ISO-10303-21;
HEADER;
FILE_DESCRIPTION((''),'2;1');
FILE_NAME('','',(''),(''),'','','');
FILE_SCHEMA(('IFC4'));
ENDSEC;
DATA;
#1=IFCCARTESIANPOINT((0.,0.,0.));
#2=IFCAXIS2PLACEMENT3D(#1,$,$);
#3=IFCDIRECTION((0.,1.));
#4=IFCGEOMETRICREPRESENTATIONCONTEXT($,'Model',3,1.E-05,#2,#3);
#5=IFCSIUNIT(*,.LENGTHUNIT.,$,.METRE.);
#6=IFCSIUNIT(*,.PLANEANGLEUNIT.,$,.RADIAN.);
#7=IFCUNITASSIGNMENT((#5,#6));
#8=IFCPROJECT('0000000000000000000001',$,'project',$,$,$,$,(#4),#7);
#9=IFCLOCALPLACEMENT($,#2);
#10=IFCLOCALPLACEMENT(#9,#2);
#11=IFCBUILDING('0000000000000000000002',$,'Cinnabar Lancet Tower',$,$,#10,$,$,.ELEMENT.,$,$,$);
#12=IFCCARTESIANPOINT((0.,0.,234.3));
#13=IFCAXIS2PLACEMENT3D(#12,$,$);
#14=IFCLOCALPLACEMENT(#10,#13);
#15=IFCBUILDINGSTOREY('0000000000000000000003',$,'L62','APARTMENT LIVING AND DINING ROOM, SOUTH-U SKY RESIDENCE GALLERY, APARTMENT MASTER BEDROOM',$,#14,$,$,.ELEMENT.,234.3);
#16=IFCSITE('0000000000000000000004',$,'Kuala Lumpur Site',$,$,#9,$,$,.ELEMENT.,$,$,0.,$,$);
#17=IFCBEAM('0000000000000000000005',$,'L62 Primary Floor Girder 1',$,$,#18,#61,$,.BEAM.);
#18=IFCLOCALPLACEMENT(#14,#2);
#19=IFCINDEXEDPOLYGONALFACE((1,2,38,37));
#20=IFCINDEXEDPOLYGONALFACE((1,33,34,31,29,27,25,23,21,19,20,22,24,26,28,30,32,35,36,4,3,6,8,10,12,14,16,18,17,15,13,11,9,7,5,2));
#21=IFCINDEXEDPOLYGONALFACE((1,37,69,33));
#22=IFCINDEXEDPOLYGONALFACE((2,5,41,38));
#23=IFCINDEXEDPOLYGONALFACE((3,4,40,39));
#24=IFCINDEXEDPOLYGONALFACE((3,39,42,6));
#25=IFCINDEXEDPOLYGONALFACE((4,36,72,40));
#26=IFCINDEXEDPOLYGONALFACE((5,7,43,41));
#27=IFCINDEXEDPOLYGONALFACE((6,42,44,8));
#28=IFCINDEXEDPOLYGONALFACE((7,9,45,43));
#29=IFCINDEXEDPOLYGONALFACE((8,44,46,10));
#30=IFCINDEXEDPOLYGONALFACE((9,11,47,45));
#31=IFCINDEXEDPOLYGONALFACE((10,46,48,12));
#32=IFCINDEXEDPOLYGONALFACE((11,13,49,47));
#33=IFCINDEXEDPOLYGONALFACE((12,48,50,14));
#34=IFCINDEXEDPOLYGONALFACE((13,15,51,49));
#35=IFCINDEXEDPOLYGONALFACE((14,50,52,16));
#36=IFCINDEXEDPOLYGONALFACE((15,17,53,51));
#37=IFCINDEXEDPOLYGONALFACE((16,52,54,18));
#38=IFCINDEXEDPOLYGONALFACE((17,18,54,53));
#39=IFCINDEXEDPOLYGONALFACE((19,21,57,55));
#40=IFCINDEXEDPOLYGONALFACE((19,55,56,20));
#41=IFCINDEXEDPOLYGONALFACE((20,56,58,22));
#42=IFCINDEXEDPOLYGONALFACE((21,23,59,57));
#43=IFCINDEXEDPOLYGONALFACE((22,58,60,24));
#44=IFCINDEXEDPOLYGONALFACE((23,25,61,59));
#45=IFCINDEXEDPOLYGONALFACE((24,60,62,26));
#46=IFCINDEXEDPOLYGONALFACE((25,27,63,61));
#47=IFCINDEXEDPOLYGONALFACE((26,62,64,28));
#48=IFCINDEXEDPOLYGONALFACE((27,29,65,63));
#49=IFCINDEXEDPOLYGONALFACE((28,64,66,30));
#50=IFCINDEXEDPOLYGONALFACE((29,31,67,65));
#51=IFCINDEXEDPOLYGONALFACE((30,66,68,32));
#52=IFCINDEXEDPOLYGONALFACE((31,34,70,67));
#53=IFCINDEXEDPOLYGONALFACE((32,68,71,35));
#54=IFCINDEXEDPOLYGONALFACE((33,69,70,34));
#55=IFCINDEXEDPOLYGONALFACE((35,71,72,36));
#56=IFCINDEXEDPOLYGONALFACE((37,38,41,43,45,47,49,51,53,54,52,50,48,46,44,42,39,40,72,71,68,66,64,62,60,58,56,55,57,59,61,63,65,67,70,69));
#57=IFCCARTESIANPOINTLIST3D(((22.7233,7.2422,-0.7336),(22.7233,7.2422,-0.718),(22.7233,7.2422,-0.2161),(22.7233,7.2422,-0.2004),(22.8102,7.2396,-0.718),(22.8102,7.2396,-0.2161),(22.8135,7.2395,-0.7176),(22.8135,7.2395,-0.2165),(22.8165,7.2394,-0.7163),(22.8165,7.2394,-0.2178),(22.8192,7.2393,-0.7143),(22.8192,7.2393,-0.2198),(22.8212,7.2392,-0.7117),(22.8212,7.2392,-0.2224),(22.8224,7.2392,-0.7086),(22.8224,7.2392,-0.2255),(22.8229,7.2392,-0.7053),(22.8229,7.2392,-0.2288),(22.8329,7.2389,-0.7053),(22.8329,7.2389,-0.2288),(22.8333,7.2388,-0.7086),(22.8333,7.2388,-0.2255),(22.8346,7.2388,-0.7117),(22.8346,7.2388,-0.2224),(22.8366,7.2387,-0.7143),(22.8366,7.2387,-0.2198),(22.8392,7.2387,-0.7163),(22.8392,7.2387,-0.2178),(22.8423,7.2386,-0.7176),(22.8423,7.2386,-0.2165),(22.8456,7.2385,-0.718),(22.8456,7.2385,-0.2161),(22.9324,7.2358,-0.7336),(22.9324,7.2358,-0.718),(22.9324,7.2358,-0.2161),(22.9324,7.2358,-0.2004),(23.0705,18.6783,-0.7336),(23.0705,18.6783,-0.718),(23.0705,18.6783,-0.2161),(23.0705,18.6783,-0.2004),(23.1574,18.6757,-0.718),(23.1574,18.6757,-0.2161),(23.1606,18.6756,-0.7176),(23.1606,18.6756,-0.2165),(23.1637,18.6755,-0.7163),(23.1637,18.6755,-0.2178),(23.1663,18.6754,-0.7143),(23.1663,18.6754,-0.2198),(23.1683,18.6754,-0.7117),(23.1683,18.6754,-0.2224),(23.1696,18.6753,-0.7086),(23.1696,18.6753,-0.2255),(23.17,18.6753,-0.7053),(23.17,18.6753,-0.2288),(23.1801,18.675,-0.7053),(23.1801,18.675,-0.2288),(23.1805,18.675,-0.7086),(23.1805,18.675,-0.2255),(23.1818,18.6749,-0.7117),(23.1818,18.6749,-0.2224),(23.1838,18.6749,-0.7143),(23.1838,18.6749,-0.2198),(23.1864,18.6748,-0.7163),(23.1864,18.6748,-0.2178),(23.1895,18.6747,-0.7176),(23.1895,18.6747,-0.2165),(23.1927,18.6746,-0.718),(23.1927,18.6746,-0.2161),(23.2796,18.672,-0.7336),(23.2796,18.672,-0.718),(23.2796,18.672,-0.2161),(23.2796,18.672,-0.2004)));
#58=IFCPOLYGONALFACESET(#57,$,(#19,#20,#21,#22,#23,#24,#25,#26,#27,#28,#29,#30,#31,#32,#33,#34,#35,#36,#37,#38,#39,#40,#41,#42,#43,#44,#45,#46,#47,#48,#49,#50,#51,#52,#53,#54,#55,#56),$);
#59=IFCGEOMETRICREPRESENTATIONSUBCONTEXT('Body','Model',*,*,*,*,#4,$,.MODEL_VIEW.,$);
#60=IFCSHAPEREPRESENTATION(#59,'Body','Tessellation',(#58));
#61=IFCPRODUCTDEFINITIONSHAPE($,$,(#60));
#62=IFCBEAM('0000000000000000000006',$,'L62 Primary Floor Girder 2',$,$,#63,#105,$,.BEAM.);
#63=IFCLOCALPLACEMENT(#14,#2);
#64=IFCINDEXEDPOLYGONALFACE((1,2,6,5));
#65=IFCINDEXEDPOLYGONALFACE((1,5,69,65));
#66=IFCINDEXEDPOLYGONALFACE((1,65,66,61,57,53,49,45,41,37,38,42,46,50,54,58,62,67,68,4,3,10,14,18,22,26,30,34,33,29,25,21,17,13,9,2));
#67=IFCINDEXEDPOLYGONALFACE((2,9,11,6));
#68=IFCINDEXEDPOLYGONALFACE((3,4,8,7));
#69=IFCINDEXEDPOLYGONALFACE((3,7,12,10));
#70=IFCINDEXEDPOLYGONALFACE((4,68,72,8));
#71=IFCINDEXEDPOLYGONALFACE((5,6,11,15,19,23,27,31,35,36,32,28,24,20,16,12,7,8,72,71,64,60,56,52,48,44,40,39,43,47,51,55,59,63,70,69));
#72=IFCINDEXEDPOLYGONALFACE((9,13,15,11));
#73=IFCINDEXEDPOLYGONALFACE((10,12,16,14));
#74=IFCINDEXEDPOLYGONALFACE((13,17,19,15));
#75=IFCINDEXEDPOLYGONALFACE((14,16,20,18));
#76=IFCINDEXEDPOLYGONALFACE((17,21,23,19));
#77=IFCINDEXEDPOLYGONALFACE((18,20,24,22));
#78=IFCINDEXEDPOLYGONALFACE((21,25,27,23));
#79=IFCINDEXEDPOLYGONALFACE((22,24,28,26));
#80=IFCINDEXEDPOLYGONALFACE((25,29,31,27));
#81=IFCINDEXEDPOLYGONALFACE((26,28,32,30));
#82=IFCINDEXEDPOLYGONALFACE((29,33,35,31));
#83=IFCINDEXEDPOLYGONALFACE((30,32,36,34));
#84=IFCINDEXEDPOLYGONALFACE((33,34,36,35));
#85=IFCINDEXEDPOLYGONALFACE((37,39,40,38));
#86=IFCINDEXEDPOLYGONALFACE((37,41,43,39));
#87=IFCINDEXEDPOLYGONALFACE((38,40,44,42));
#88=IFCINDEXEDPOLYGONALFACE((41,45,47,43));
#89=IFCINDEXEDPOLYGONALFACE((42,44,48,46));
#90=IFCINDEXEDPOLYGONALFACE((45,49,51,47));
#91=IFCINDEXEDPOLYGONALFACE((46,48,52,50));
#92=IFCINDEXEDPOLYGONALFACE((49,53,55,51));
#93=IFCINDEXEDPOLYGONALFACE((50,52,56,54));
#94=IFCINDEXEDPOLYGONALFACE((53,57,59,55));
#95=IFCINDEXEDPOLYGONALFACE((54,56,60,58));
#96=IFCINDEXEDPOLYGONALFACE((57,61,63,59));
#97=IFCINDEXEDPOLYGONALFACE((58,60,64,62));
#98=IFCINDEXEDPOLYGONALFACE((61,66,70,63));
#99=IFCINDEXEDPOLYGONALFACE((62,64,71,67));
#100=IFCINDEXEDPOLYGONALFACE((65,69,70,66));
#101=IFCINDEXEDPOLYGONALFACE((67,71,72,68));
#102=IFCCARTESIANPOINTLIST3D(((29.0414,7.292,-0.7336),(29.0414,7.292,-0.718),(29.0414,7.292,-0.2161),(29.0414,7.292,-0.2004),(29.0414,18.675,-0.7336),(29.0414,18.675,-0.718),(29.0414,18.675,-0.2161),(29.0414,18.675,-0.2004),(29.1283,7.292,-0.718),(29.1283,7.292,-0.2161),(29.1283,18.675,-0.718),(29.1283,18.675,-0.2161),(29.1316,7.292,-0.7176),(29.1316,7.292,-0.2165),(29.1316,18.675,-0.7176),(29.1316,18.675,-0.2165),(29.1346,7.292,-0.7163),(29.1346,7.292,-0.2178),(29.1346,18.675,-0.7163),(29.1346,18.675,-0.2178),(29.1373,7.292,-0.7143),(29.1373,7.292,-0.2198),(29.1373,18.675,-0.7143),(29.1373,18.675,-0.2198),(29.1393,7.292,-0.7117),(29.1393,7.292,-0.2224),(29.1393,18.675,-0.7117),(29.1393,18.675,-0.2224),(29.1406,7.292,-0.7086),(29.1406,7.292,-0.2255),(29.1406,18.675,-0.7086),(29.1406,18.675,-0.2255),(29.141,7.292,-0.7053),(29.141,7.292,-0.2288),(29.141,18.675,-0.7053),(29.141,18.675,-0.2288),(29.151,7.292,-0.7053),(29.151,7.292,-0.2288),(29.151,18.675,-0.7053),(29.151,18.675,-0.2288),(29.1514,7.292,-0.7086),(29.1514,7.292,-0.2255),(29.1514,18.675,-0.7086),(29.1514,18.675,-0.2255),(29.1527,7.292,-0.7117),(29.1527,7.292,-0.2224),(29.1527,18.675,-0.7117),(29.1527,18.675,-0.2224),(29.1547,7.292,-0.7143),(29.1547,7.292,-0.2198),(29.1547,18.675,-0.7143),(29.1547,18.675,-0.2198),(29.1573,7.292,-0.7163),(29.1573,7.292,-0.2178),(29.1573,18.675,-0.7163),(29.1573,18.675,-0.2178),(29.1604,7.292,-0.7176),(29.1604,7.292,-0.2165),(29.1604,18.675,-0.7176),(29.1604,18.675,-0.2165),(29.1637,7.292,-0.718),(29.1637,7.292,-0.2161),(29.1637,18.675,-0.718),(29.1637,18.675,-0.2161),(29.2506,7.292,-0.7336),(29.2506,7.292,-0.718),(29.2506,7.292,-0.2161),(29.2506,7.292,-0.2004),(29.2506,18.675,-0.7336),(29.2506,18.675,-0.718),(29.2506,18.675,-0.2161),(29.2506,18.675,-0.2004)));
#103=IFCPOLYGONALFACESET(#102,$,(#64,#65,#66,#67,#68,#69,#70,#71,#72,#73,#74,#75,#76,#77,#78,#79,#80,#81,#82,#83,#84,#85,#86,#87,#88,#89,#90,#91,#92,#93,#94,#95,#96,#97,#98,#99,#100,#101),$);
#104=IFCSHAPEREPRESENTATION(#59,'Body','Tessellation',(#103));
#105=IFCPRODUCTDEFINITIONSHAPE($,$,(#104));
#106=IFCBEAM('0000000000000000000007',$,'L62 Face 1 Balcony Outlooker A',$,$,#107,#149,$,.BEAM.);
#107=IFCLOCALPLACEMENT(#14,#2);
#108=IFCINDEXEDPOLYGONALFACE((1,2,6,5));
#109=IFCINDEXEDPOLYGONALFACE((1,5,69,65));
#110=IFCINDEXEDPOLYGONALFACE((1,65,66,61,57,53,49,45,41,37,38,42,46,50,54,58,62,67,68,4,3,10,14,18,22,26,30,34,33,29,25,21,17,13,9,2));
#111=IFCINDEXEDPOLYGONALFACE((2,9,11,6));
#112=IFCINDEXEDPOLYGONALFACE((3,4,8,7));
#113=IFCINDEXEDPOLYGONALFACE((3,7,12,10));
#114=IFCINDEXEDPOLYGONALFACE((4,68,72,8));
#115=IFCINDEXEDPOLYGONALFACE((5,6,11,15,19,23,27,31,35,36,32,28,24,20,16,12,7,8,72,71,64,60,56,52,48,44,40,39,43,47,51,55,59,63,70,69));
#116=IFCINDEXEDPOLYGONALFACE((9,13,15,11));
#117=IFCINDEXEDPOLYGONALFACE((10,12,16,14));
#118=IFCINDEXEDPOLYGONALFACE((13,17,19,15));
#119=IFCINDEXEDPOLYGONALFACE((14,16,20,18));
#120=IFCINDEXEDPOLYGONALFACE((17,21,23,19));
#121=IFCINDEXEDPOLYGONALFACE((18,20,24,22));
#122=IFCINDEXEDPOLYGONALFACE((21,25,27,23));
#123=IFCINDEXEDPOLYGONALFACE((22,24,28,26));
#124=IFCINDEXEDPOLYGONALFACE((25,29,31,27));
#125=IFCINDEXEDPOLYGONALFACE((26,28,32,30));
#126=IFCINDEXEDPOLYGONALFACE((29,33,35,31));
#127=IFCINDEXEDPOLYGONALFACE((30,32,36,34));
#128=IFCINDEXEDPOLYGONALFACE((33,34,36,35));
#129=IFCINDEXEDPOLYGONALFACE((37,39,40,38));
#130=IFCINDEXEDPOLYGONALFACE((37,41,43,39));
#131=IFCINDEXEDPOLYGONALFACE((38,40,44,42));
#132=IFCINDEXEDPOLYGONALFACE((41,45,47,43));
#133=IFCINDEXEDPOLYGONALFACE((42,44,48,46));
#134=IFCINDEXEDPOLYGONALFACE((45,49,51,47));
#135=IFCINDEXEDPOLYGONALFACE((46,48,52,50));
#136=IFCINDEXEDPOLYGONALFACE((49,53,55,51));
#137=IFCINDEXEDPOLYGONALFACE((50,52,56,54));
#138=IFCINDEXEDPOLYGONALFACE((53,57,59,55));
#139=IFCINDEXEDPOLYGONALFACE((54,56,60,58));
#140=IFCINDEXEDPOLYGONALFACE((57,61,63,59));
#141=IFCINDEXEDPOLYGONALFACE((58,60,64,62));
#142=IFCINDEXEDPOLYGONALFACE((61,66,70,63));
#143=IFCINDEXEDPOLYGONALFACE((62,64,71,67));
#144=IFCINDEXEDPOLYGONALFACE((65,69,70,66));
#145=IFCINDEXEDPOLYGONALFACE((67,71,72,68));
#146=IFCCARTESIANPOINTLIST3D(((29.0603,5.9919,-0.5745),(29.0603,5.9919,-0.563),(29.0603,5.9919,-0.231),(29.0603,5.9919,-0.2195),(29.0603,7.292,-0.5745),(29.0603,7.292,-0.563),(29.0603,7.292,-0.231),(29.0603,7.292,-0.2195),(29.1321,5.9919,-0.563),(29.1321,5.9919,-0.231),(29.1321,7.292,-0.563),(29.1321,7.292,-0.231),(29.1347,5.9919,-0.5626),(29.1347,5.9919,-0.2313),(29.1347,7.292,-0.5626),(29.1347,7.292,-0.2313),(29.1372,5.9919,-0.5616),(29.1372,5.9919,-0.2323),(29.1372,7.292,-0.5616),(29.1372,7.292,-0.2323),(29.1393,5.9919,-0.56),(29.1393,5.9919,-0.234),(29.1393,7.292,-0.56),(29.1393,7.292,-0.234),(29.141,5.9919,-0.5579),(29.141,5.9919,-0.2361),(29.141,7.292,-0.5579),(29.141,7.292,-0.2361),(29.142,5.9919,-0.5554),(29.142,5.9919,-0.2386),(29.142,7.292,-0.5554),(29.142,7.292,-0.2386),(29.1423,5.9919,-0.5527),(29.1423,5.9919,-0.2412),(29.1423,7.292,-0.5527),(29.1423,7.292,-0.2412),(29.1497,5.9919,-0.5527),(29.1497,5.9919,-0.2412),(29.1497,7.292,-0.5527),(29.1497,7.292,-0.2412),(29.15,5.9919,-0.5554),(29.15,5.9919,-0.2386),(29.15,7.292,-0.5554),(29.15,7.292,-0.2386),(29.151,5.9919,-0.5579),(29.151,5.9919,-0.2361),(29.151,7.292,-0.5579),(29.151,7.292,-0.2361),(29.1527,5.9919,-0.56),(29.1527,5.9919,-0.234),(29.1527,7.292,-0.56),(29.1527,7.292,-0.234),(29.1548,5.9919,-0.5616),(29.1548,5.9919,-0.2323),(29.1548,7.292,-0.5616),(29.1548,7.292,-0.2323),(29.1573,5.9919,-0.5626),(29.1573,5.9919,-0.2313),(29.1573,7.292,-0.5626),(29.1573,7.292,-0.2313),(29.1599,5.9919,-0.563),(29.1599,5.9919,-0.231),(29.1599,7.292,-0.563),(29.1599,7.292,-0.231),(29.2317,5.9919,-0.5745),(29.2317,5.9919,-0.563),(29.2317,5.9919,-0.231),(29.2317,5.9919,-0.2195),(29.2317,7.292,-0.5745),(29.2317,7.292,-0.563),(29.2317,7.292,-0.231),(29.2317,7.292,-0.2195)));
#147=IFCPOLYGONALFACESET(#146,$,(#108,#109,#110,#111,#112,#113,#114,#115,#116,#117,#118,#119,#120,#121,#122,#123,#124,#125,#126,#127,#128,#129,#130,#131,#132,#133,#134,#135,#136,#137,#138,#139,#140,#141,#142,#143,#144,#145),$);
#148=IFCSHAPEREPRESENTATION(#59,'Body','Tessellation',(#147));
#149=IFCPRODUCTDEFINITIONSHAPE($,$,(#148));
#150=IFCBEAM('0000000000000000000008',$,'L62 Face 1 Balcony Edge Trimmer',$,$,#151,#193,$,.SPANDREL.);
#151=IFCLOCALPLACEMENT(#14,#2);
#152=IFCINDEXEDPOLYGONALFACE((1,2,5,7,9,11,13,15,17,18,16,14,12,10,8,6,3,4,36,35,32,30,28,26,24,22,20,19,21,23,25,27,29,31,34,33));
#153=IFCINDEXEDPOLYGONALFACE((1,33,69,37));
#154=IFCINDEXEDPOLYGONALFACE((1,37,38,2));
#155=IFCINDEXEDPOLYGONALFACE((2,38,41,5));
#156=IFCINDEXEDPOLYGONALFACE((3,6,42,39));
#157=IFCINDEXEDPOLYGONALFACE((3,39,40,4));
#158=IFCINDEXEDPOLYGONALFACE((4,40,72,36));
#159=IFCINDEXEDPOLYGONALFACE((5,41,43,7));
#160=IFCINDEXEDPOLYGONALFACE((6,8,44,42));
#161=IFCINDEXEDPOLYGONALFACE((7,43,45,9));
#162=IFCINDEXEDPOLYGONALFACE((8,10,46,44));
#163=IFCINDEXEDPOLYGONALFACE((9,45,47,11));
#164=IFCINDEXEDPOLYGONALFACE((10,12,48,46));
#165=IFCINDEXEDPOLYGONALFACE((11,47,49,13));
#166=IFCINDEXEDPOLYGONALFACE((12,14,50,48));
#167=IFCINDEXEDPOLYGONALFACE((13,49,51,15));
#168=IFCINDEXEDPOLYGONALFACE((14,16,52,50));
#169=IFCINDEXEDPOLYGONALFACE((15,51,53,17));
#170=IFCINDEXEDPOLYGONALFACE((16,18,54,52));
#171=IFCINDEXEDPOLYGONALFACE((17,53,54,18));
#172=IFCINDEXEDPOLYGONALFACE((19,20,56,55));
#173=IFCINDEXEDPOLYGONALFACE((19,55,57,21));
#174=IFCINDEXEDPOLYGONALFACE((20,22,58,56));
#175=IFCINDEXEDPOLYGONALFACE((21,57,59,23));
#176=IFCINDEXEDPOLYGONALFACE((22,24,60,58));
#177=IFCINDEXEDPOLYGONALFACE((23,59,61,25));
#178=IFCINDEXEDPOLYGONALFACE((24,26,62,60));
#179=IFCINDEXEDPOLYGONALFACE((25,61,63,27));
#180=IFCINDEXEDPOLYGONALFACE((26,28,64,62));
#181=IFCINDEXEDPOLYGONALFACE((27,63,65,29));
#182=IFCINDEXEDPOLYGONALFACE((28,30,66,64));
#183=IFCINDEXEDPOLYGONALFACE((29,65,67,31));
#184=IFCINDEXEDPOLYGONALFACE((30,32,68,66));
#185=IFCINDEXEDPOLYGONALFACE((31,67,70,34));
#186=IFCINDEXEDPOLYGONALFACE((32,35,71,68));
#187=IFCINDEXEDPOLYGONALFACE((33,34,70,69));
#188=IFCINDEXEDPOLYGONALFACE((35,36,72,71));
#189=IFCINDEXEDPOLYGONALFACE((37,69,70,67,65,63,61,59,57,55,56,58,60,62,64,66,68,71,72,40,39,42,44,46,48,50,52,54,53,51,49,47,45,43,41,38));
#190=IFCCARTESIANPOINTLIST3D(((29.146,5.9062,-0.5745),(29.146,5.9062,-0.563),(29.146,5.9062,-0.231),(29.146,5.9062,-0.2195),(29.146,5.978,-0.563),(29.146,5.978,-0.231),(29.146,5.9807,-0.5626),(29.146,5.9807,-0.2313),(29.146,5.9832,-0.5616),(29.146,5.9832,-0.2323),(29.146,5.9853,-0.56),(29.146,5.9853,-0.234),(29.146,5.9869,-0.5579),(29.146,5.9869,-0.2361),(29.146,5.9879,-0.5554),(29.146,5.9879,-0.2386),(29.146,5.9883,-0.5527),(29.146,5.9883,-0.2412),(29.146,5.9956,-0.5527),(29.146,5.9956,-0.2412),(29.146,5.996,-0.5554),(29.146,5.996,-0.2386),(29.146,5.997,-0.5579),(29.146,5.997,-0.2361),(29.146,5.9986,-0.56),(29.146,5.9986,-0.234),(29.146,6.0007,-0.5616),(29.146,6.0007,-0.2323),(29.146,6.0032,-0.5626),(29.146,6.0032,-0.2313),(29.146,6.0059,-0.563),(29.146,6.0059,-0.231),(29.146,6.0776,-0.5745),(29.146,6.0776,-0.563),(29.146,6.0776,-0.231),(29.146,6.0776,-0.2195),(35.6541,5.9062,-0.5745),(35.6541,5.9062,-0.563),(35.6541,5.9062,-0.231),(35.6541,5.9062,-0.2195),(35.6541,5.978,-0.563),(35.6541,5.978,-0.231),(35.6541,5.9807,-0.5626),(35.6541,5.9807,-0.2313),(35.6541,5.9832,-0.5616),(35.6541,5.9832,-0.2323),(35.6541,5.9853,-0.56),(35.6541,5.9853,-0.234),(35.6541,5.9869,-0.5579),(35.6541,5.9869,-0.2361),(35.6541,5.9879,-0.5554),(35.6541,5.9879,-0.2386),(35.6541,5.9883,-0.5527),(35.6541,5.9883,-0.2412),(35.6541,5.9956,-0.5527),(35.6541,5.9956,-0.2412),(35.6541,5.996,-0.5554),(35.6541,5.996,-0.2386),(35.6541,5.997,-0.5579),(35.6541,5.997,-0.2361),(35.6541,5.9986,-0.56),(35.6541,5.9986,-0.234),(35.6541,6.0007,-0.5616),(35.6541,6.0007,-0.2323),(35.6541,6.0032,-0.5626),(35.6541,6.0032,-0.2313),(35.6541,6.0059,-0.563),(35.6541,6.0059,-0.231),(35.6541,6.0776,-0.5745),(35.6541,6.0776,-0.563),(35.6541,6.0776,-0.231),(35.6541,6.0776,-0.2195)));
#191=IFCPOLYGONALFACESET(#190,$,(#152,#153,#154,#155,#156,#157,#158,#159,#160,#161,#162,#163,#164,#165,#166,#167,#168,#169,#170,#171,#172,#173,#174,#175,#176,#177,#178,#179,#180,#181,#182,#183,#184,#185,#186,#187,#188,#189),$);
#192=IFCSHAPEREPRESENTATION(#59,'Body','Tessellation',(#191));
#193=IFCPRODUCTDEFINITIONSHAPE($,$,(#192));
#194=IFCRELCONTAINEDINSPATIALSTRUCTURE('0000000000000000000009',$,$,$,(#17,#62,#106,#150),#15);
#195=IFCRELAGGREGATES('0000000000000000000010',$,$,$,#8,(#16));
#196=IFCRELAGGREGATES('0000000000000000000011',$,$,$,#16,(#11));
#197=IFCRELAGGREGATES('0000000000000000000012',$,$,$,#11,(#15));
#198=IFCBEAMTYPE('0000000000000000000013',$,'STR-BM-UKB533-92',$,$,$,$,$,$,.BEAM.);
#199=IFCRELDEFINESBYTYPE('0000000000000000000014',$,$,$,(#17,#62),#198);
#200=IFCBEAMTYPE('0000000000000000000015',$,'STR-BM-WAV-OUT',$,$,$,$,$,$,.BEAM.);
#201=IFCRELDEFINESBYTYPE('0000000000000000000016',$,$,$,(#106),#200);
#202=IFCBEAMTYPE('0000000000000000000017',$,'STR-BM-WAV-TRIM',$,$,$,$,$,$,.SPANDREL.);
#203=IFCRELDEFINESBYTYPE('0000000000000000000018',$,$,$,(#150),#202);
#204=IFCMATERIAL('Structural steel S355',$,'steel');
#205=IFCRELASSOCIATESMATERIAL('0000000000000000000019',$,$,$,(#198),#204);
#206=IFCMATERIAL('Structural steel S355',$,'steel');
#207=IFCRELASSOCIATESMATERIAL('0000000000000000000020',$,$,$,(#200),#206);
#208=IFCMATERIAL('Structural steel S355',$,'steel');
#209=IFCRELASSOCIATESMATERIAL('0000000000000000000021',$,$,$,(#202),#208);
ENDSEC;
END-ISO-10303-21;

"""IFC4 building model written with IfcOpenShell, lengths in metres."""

from ifc_helpers import new_model, si_unit, direction, frame, origin, origin_2d, place, context, subcontext, project, spatial, i_section, extrude, material, material_profile, profile_set, type_object, element, save


model = new_model("IFC4")

# Units and contexts
model_context = context("Model", 3, precision=1e-05, world=origin(), true_north=direction((0.0, 1.0)))
body_context = subcontext(model_context, "Body", "Model", "MODEL_VIEW")
ifc_project = project(units=[si_unit("LENGTHUNIT", "METRE"), si_unit("PLANEANGLEUNIT", "RADIAN")], contexts=[model_context])

# Site, building, storey
site_placement = place(None, origin())
site = spatial("IfcSite", under=ifc_project, at=site_placement, Name="Kuala Lumpur Site", CompositionType="ELEMENT", RefElevation=0.0)
building_placement = place(site_placement, origin())
building = spatial("IfcBuilding", under=site, at=building_placement, Name="Cinnabar Lancet Tower", CompositionType="ELEMENT")
storey_placement = place(building_placement, frame((0.0, 0.0, 234.3)))
storey = spatial("IfcBuildingStorey", under=building, at=storey_placement, Name="L62", Description="APARTMENT LIVING AND DINING ROOM, SOUTH-U SKY RESIDENCE GALLERY, APARTMENT MASTER BEDROOM", CompositionType="ELEMENT", Elevation=234.3)

# Beams
ifc_material_1 = material(Name="Structural steel S355", Category="steel")
ifc_material_profile_1 = material_profile(ifc_material_1, i_section(OverallWidth=0.2092, OverallDepth=0.5332, WebThickness=0.01, FlangeThickness=0.0156, FilletRadius=0.0127, at=origin_2d()), Name="UKB 533x210x92")
ifc_profile_set_1 = profile_set([ifc_material_profile_1], Name="Structural steel S355")
beam_type_1 = type_object("IfcBeamType", Name="STR-BM-UKB533-92", PredefinedType="BEAM", material=ifc_profile_set_1)
beam_1_placement = place(storey_placement, frame((22.8279, 7.239, -0.467), z_axis=(0.030343, 0.99954, 0.0), x_axis=(-0.99954, 0.030343, 0.0)))
element("IfcBeam", 1, at=beam_1_placement, inside=storey, type_object=beam_type_1, Name="L62 Primary Floor Girder 1", PredefinedType="BEAM", context=body_context, shape_type="SweptSolid", body=[
    extrude(i_section(OverallWidth=0.2092, OverallDepth=0.5332, WebThickness=0.01, FlangeThickness=0.0156, FilletRadius=0.0127, at=origin_2d()), origin(), (0.0, 0.0, 1.0), 11.4414),
])
beam_2_placement = place(storey_placement, frame((29.146, 7.292, -0.467), z_axis=(0.0, 1.0, 0.0), x_axis=(-1.0, 0.0, 0.0)))
element("IfcBeam", 2, at=beam_2_placement, inside=storey, type_object=beam_type_1, Name="L62 Primary Floor Girder 2", PredefinedType="BEAM", context=body_context, shape_type="SweptSolid", body=[
    extrude(i_section(OverallWidth=0.2092, OverallDepth=0.5332, WebThickness=0.01, FlangeThickness=0.0156, FilletRadius=0.0127, at=origin_2d()), origin(), (0.0, 0.0, 1.0), 11.3831),
])
ifc_material_2 = material(Name="Structural steel S355", Category="steel")
ifc_material_profile_2 = material_profile(ifc_material_2, i_section(OverallWidth=0.1714, OverallDepth=0.355, WebThickness=0.0073, FlangeThickness=0.0115, FilletRadius=0.0103, at=origin_2d()), Name="UKB 356x171x51")
ifc_profile_set_2 = profile_set([ifc_material_profile_2], Name="Structural steel S355")
beam_type_2 = type_object("IfcBeamType", Name="STR-BM-WAV-OUT", PredefinedType="BEAM", material=ifc_profile_set_2)
beam_3_placement = place(storey_placement, frame((29.146, 7.292, -0.397), z_axis=(0.0, -1.0, 0.0), x_axis=(1.0, 0.0, 0.0)))
element("IfcBeam", 3, at=beam_3_placement, inside=storey, type_object=beam_type_2, Name="L62 Face 1 Balcony Outlooker A", PredefinedType="BEAM", context=body_context, shape_type="SweptSolid", body=[
    extrude(i_section(OverallWidth=0.1714, OverallDepth=0.355, WebThickness=0.0073, FlangeThickness=0.0115, FilletRadius=0.0103, at=origin_2d()), origin(), (0.0, 0.0, 1.0), 1.3),
])
ifc_material_3 = material(Name="Structural steel S355", Category="steel")
ifc_material_profile_3 = material_profile(ifc_material_3, i_section(OverallWidth=0.1714, OverallDepth=0.355, WebThickness=0.0073, FlangeThickness=0.0115, FilletRadius=0.0103, at=origin_2d()), Name="UKB 356x171x51")
ifc_profile_set_3 = profile_set([ifc_material_profile_3], Name="Structural steel S355")
beam_type_3 = type_object("IfcBeamType", Name="STR-BM-WAV-TRIM", PredefinedType="SPANDREL", material=ifc_profile_set_3)
beam_4_placement = place(storey_placement, frame((29.146, 5.9919, -0.397), z_axis=(1.0, 0.0, 0.0), x_axis=(0.0, 1.0, 0.0)))
element("IfcBeam", 4, at=beam_4_placement, inside=storey, type_object=beam_type_3, Name="L62 Face 1 Balcony Edge Trimmer", PredefinedType="SPANDREL", context=body_context, shape_type="SweptSolid", body=[
    extrude(i_section(OverallWidth=0.1714, OverallDepth=0.355, WebThickness=0.0073, FlangeThickness=0.0115, FilletRadius=0.0103, at=origin_2d()), origin(), (0.0, 0.0, 1.0), 6.5081),
])

save(model, "model.ifc")
